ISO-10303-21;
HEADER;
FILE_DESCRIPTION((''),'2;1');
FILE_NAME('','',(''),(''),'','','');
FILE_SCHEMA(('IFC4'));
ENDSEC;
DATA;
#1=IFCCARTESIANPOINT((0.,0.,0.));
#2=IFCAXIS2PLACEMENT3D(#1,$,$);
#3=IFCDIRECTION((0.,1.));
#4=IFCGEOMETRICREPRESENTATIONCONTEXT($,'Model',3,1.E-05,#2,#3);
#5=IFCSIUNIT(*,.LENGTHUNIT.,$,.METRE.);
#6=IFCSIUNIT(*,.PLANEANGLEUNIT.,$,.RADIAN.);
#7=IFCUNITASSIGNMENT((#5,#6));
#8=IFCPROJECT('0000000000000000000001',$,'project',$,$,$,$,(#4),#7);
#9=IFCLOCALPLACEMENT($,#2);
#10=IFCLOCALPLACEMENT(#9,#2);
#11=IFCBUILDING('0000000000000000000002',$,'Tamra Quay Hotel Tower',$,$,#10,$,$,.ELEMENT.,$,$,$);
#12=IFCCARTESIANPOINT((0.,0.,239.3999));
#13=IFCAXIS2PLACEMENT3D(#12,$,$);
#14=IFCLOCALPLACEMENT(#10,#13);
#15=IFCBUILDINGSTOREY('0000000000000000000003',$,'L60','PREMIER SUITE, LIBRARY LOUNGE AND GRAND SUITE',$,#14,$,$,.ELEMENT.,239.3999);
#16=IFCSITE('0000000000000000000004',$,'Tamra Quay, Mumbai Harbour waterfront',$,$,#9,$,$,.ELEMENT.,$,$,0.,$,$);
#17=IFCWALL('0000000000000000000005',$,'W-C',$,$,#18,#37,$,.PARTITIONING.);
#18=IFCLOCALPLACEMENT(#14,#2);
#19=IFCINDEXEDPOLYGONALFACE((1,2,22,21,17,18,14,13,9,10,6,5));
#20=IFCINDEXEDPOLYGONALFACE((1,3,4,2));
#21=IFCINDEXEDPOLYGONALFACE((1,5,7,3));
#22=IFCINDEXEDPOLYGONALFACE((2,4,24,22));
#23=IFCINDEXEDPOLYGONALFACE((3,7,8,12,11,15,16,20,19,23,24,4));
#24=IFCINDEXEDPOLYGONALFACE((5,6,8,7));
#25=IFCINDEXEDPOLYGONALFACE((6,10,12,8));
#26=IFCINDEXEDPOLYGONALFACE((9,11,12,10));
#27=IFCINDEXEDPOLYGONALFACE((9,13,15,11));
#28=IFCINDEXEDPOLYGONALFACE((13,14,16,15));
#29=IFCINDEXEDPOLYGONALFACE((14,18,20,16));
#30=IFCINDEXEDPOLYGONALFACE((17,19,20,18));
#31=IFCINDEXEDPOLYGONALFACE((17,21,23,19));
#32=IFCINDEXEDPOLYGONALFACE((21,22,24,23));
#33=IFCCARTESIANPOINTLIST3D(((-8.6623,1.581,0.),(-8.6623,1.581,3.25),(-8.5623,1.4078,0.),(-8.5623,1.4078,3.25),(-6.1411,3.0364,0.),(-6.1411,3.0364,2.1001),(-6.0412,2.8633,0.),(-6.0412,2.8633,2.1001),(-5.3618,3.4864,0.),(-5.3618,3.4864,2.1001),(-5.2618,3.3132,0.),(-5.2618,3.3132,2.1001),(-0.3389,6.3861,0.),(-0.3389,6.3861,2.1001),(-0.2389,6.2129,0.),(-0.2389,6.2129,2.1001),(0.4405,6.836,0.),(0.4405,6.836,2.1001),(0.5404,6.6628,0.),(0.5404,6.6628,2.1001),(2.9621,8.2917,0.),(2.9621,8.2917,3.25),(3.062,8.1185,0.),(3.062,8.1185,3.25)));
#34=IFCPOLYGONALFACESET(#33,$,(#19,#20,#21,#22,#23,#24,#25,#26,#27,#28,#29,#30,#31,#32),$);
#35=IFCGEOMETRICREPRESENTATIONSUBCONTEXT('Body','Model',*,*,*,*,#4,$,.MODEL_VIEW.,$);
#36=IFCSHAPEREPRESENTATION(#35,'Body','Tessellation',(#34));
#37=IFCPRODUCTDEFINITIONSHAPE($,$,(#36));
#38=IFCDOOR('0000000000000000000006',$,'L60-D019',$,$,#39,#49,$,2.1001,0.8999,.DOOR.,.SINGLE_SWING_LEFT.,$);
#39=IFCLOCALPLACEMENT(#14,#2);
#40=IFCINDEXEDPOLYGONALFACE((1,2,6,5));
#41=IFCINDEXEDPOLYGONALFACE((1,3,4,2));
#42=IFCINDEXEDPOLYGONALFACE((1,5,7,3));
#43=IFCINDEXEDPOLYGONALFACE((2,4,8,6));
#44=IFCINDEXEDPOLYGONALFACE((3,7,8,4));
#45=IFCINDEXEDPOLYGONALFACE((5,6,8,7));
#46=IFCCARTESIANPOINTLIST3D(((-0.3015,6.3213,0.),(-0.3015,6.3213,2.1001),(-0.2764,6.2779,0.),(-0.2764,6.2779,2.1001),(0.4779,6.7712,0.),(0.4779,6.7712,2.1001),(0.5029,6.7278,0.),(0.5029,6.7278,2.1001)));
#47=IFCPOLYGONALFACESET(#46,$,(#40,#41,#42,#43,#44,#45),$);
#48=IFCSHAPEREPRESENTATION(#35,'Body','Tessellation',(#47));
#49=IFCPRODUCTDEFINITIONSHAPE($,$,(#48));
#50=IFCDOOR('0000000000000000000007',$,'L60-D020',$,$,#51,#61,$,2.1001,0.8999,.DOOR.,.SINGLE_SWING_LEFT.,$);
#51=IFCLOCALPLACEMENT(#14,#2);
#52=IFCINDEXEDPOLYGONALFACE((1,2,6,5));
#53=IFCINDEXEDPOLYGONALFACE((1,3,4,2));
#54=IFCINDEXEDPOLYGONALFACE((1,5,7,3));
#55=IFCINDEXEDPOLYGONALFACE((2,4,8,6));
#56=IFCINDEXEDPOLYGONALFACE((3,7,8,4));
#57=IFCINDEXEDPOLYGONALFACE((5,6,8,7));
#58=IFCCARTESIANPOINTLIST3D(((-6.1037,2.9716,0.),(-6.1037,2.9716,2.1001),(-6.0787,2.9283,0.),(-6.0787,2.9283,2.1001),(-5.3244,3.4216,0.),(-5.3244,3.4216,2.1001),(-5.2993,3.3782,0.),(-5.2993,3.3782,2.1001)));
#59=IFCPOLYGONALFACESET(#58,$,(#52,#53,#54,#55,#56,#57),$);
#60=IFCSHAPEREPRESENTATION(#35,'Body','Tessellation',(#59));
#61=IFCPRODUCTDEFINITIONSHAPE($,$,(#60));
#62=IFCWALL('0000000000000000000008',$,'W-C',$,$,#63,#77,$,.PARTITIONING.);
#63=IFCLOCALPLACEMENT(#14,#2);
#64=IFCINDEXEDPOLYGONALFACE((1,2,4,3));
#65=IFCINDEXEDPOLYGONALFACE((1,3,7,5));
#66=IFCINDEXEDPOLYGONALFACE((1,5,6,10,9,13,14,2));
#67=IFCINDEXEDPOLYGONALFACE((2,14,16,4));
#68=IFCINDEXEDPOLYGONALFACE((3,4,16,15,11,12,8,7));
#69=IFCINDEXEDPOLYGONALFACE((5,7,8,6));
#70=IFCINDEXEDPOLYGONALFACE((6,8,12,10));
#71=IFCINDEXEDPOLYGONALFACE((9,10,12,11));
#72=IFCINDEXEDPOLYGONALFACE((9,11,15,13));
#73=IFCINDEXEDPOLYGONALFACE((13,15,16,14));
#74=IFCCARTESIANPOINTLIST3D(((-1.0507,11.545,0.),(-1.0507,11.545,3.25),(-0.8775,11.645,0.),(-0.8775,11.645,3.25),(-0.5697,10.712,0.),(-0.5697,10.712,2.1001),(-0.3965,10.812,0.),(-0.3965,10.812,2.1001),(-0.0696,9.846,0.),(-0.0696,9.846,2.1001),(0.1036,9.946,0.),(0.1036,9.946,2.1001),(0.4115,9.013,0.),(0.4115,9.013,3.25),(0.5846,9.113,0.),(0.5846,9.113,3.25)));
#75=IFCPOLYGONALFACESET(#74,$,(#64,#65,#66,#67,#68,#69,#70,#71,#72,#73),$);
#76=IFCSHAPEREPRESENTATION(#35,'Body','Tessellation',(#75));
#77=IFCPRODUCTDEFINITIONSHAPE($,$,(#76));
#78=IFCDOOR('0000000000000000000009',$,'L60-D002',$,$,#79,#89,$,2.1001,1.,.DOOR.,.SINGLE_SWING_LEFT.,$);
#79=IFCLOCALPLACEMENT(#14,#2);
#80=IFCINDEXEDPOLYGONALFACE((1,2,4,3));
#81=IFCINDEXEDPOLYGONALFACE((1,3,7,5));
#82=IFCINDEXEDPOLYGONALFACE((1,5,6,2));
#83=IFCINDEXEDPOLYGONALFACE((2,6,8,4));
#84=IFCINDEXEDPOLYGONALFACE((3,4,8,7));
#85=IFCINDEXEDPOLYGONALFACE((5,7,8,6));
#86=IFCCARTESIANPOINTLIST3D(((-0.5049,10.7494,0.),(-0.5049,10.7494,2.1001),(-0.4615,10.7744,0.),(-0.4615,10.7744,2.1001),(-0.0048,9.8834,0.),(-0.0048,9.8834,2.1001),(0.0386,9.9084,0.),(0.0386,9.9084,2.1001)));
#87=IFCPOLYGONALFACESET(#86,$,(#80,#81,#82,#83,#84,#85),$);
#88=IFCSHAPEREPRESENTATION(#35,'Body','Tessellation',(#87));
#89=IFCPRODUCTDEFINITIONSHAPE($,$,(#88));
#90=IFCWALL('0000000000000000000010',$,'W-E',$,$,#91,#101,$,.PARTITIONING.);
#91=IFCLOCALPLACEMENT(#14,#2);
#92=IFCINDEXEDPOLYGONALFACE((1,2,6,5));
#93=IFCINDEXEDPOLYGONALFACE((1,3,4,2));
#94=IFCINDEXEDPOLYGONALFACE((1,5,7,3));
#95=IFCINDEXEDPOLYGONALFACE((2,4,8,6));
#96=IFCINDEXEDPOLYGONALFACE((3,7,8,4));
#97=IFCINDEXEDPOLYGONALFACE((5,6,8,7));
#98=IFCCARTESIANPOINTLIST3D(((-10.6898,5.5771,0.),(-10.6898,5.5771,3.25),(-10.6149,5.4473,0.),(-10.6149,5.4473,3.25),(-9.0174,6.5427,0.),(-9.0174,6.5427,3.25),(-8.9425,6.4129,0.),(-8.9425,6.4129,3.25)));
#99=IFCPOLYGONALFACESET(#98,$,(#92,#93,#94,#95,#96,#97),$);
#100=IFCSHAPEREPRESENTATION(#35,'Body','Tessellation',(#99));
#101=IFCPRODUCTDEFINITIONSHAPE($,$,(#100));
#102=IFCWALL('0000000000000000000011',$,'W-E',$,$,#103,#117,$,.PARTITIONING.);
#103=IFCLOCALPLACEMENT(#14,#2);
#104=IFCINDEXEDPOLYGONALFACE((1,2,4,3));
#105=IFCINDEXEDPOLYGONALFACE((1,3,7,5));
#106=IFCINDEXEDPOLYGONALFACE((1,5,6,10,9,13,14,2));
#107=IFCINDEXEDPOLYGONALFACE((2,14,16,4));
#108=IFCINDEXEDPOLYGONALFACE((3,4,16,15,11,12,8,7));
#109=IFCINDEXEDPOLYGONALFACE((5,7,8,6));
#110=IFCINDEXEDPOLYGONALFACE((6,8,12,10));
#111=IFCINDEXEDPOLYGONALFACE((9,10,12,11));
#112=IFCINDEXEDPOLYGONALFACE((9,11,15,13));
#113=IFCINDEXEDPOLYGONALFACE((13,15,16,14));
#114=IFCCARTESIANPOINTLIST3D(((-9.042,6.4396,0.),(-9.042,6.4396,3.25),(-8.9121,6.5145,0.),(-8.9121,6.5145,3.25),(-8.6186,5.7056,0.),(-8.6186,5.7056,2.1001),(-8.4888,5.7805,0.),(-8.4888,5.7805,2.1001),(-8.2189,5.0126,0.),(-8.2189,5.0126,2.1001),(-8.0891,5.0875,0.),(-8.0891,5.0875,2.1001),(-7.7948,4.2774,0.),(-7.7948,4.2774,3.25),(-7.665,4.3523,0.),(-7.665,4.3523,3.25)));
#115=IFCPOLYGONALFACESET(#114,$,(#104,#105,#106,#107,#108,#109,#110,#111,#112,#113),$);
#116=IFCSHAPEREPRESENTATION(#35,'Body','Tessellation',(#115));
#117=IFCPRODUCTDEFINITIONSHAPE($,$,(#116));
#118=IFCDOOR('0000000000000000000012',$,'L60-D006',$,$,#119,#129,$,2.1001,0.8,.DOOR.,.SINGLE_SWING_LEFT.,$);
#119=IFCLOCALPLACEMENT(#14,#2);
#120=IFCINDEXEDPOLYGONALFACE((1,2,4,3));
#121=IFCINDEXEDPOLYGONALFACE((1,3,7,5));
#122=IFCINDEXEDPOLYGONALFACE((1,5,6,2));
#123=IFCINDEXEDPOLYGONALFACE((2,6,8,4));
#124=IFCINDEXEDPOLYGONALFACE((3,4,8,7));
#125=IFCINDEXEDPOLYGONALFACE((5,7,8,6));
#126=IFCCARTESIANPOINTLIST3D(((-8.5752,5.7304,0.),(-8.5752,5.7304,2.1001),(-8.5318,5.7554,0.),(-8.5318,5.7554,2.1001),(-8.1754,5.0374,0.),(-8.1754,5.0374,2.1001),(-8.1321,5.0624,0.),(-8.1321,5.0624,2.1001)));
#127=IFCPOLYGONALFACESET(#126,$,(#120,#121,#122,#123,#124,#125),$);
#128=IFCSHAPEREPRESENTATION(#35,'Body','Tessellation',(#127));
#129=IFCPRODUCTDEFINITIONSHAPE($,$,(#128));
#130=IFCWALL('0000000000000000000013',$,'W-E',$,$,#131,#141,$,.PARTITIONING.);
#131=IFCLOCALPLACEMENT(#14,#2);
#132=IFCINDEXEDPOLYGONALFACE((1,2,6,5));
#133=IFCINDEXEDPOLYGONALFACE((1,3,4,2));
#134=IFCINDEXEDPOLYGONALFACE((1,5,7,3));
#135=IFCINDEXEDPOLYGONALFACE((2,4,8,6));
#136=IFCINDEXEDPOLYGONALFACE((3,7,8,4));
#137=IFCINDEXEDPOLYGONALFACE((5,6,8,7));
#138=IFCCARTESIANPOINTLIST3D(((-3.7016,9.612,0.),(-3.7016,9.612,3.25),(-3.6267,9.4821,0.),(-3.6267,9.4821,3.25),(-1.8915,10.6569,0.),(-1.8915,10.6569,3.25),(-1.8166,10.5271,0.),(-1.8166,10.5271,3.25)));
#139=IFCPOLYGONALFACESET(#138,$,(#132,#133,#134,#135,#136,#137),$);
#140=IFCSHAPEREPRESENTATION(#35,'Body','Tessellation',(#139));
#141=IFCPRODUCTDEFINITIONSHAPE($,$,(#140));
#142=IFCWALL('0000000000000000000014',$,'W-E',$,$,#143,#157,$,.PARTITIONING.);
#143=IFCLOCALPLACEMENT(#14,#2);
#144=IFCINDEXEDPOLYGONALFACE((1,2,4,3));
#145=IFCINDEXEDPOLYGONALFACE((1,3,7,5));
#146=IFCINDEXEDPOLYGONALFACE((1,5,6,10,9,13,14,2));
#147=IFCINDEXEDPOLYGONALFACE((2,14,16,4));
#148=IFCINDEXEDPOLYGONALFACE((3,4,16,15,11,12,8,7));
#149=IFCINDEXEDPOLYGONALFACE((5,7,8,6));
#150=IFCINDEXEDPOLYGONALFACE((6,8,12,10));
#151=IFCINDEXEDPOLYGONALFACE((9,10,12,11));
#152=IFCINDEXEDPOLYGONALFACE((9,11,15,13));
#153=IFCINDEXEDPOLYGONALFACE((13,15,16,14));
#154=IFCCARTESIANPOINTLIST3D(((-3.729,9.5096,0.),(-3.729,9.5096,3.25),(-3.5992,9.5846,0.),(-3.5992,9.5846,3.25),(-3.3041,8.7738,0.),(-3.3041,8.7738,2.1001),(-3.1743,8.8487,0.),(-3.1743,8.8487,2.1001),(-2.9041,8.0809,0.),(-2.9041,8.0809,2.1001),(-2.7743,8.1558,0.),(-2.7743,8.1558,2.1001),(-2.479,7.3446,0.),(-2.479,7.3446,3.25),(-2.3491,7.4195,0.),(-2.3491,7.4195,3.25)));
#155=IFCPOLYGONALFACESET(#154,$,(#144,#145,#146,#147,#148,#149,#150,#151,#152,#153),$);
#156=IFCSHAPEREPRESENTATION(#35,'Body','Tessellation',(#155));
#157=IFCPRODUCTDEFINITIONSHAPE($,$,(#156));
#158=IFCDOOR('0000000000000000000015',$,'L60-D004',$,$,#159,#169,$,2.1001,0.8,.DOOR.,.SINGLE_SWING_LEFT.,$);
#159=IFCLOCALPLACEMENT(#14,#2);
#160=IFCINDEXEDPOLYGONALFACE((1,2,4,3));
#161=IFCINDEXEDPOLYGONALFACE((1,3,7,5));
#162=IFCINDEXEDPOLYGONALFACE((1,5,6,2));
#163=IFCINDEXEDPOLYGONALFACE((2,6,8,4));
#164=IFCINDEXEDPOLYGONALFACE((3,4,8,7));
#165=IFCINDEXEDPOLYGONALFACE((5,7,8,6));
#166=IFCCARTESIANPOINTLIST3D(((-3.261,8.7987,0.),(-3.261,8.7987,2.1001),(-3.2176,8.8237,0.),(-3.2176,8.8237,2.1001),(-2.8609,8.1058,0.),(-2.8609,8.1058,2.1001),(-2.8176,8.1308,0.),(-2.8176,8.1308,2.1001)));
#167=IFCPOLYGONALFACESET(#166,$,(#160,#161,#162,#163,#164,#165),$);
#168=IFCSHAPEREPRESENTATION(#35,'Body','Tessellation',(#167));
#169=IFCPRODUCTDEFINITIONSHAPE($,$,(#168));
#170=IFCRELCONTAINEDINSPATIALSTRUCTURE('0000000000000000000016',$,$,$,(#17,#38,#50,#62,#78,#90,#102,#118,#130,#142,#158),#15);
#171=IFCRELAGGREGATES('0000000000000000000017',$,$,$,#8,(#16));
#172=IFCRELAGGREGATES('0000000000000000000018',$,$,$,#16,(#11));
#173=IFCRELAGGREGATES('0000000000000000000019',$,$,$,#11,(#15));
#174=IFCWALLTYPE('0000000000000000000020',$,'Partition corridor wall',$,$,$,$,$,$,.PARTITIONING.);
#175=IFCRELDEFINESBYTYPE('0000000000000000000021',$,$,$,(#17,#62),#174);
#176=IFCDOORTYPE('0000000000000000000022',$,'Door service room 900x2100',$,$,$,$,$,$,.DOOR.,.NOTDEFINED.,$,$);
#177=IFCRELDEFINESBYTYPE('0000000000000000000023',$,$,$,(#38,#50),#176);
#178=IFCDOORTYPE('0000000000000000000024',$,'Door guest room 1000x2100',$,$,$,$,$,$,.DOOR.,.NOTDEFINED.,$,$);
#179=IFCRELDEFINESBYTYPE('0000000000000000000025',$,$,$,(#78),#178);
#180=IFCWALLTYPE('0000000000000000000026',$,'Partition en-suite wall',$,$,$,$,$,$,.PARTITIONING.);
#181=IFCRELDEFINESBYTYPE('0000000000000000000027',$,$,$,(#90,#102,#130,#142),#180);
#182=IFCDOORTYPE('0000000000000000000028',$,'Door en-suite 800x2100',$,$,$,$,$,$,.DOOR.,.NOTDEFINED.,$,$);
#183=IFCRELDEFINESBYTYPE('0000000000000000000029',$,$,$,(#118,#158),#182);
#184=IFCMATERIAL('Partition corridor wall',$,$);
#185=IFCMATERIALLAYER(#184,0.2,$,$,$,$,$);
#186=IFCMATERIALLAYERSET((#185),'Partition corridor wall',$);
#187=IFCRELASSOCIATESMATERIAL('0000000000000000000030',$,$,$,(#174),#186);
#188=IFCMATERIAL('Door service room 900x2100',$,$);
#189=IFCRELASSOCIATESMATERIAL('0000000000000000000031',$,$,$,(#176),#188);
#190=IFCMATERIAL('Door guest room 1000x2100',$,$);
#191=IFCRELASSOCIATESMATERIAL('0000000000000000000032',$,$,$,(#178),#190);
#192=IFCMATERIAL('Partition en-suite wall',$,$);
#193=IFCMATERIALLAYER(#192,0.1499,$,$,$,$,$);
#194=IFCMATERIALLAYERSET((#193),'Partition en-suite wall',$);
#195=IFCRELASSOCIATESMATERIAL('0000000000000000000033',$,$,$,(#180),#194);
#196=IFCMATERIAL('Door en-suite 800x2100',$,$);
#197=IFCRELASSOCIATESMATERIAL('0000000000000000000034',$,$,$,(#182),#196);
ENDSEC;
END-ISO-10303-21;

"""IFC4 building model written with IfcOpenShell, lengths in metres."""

from ifc_helpers import new_model, si_unit, direction, frame, frame_2d, origin, place, context, subcontext, project, spatial, rectangle, extrude, material, layer, layer_set, type_object, element, fill, save


model = new_model("IFC4")

# Units and contexts
model_context = context("Model", 3, precision=1e-05, world=origin(), true_north=direction((0.0, 1.0)))
body_context = subcontext(model_context, "Body", "Model", "MODEL_VIEW")
ifc_project = project(units=[si_unit("LENGTHUNIT", "METRE"), si_unit("PLANEANGLEUNIT", "RADIAN")], contexts=[model_context])

# Site, building, storey
site_placement = place(None, origin())
site = spatial("IfcSite", under=ifc_project, at=site_placement, Name="Tamra Quay, Mumbai Harbour waterfront", CompositionType="ELEMENT", RefElevation=0.0)
building_placement = place(site_placement, origin())
building = spatial("IfcBuilding", under=site, at=building_placement, Name="Tamra Quay Hotel Tower", CompositionType="ELEMENT")
storey_placement = place(building_placement, frame((0.0, 0.0, 239.3999)))
storey = spatial("IfcBuildingStorey", under=building, at=storey_placement, Name="L60", Description="PREMIER SUITE, LIBRARY LOUNGE AND GRAND SUITE", CompositionType="ELEMENT", Elevation=239.3999)

# Wall, openings, doors
ifc_material_1 = material(Name="Partition corridor wall")
ifc_layer_1 = layer(ifc_material_1, 0.2)
ifc_layer_set_1 = layer_set([ifc_layer_1], Name="Partition corridor wall")
wall_type_1 = type_object("IfcWallType", Name="Partition corridor wall", PredefinedType="PARTITIONING", material=ifc_layer_set_1)
wall_1_placement = place(storey_placement, frame((-8.6123, 1.4944, 0.0), z_axis=(0.0, 0.0, 1.0), x_axis=(0.866044, 0.499968, 0.0)))
wall_1 = element("IfcWall", 1, at=wall_1_placement, inside=storey, type_object=wall_type_1, Name="W-C", PredefinedType="PARTITIONING", context=body_context, shape_type="SweptSolid", body=[
    extrude(rectangle(XDim=13.4224, YDim=0.2, at=frame_2d((6.7112, 0.0))), origin(), (0.0, 0.0, 1.0), 3.25),
])
opening_1_placement = place(wall_1_placement, frame((9.6108, 0.0, 0.0)))
opening_1 = element("IfcOpeningElement", 2, at=opening_1_placement, cuts=wall_1, PredefinedType="OPENING", context=body_context, shape_type="SweptSolid", body=[
    extrude(rectangle(XDim=0.8999, YDim=2.1001, at=frame_2d((0.45, 1.05))), frame((0.0, 0.1099, 0.0), z_axis=(0.0, -1.0, 0.0), x_axis=(1.0, 0.0, 0.0)), (0.0, 0.0, 1.0), 0.22),
])
opening_2_placement = place(wall_1_placement, frame((2.9111, 0.0, 0.0)))
opening_2 = element("IfcOpeningElement", 3, at=opening_2_placement, cuts=wall_1, PredefinedType="OPENING", context=body_context, shape_type="SweptSolid", body=[
    extrude(rectangle(XDim=0.8999, YDim=2.1001, at=frame_2d((0.45, 1.05))), frame((0.0, 0.1099, 0.0), z_axis=(0.0, -1.0, 0.0), x_axis=(1.0, 0.0, 0.0)), (0.0, 0.0, 1.0), 0.22),
])
ifc_material_2 = material(Name="Door service room 900x2100")
door_type_1 = type_object("IfcDoorType", Name="Door service room 900x2100", OperationType="NOTDEFINED", PredefinedType="DOOR", material=ifc_material_2)
door_1_placement = place(opening_1_placement, frame((0.8999, 0.0, 0.0), z_axis=(0.0, 0.0, 1.0), x_axis=(-1.0, 0.0, 0.0)))
door_1 = element("IfcDoor", 4, at=door_1_placement, inside=storey, type_object=door_type_1, Name="L60-D019", OperationType="SINGLE_SWING_LEFT", OverallHeight=2.1001, OverallWidth=0.8999, PredefinedType="DOOR", context=body_context, shape_type="SweptSolid", body=[
    extrude(rectangle(XDim=0.8999, YDim=2.1001, at=frame_2d((0.45, 1.05))), frame((0.0, 0.0249, 0.0), z_axis=(0.0, -1.0, 0.0), x_axis=(1.0, 0.0, 0.0)), (0.0, 0.0, 1.0), 0.05),
])
fill(opening_1, door_1)
door_2_placement = place(opening_2_placement, frame((0.8999, 0.0, 0.0), z_axis=(0.0, 0.0, 1.0), x_axis=(-1.0, 0.0, 0.0)))
door_2 = element("IfcDoor", 5, at=door_2_placement, inside=storey, type_object=door_type_1, Name="L60-D020", OperationType="SINGLE_SWING_LEFT", OverallHeight=2.1001, OverallWidth=0.8999, PredefinedType="DOOR", context=body_context, shape_type="SweptSolid", body=[
    extrude(rectangle(XDim=0.8999, YDim=2.1001, at=frame_2d((0.45, 1.05))), frame((0.0, 0.0249, 0.0), z_axis=(0.0, -1.0, 0.0), x_axis=(1.0, 0.0, 0.0)), (0.0, 0.0, 1.0), 0.05),
])
fill(opening_2, door_2)

# Wall, opening, door
wall_2_placement = place(storey_placement, frame((-0.9641, 11.595, 0.0), z_axis=(0.0, 0.0, 1.0), x_axis=(0.500081, -0.865978, 0.0)))
wall_2 = element("IfcWall", 6, at=wall_2_placement, inside=storey, type_object=wall_type_1, Name="W-C", PredefinedType="PARTITIONING", context=body_context, shape_type="SweptSolid", body=[
    extrude(rectangle(XDim=2.9238, YDim=0.2, at=frame_2d((1.4619, 0.0))), origin(), (0.0, 0.0, 1.0), 3.25),
])
opening_3_placement = place(wall_2_placement, frame((0.9619, 0.0, 0.0)))
opening_3 = element("IfcOpeningElement", 7, at=opening_3_placement, cuts=wall_2, PredefinedType="OPENING", context=body_context, shape_type="SweptSolid", body=[
    extrude(rectangle(XDim=1.0, YDim=2.1001, at=frame_2d((0.5, 1.05))), frame((0.0, 0.1099, 0.0), z_axis=(0.0, -1.0, 0.0), x_axis=(1.0, 0.0, 0.0)), (0.0, 0.0, 1.0), 0.22),
])
ifc_material_3 = material(Name="Door guest room 1000x2100")
door_type_2 = type_object("IfcDoorType", Name="Door guest room 1000x2100", OperationType="NOTDEFINED", PredefinedType="DOOR", material=ifc_material_3)
door_3_placement = place(opening_3_placement, origin())
door_3 = element("IfcDoor", 8, at=door_3_placement, inside=storey, type_object=door_type_2, Name="L60-D002", OperationType="SINGLE_SWING_LEFT", OverallHeight=2.1001, OverallWidth=1.0, PredefinedType="DOOR", context=body_context, shape_type="SweptSolid", body=[
    extrude(rectangle(XDim=1.0, YDim=2.1001, at=frame_2d((0.5, 1.05))), frame((0.0, 0.0249, 0.0), z_axis=(0.0, -1.0, 0.0), x_axis=(1.0, 0.0, 0.0)), (0.0, 0.0, 1.0), 0.05),
])
fill(opening_3, door_3)

# Wall
ifc_material_4 = material(Name="Partition en-suite wall")
ifc_layer_2 = layer(ifc_material_4, 0.1499)
ifc_layer_set_2 = layer_set([ifc_layer_2], Name="Partition en-suite wall")
wall_type_2 = type_object("IfcWallType", Name="Partition en-suite wall", PredefinedType="PARTITIONING", material=ifc_layer_set_2)
wall_3_placement = place(storey_placement, frame((-10.6523, 5.5122, 0.0), z_axis=(0.0, 0.0, 1.0), x_axis=(0.866017, 0.500014, 0.0)))
element("IfcWall", 9, at=wall_3_placement, inside=storey, type_object=wall_type_2, Name="W-E", PredefinedType="PARTITIONING", context=body_context, shape_type="SweptSolid", body=[
    extrude(rectangle(XDim=1.9312, YDim=0.1499, at=frame_2d((0.9656, 0.0))), origin(), (0.0, 0.0, 1.0), 3.25),
])

# Wall, opening, door
wall_4_placement = place(storey_placement, frame((-8.9771, 6.4771, 0.0), z_axis=(0.0, 0.0, 1.0), x_axis=(0.499632, -0.866238, 0.0)))
wall_4 = element("IfcWall", 10, at=wall_4_placement, inside=storey, type_object=wall_type_2, Name="W-E", PredefinedType="PARTITIONING", context=body_context, shape_type="SweptSolid", body=[
    extrude(rectangle(XDim=2.4961, YDim=0.1499, at=frame_2d((1.248, 0.0))), origin(), (0.0, 0.0, 1.0), 3.25),
])
opening_4_placement = place(wall_4_placement, frame((0.8474, 0.0, 0.0)))
opening_4 = element("IfcOpeningElement", 11, at=opening_4_placement, cuts=wall_4, PredefinedType="OPENING", context=body_context, shape_type="SweptSolid", body=[
    extrude(rectangle(XDim=0.8, YDim=2.1001, at=frame_2d((0.3999, 1.05))), frame((0.0, 0.085, 0.0), z_axis=(0.0, -1.0, 0.0), x_axis=(1.0, 0.0, 0.0)), (0.0, 0.0, 1.0), 0.1699),
])
ifc_material_5 = material(Name="Door en-suite 800x2100")
door_type_3 = type_object("IfcDoorType", Name="Door en-suite 800x2100", OperationType="NOTDEFINED", PredefinedType="DOOR", material=ifc_material_5)
door_4_placement = place(opening_4_placement, frame((0.8, 0.0, 0.0), z_axis=(0.0, 0.0, 1.0), x_axis=(-1.0, 0.0, 0.0)))
door_4 = element("IfcDoor", 12, at=door_4_placement, inside=storey, type_object=door_type_3, Name="L60-D006", OperationType="SINGLE_SWING_LEFT", OverallHeight=2.1001, OverallWidth=0.8, PredefinedType="DOOR", context=body_context, shape_type="SweptSolid", body=[
    extrude(rectangle(XDim=0.8, YDim=2.1001, at=frame_2d((0.3999, 1.05))), frame((0.0, 0.0249, 0.0), z_axis=(0.0, -1.0, 0.0), x_axis=(1.0, 0.0, 0.0)), (0.0, 0.0, 1.0), 0.05),
])
fill(opening_4, door_4)

# Wall
wall_5_placement = place(storey_placement, frame((-3.6641, 9.5471, 0.0), z_axis=(0.0, 0.0, 1.0), x_axis=(0.866049, 0.499958, 0.0)))
element("IfcWall", 13, at=wall_5_placement, inside=storey, type_object=wall_type_2, Name="W-E", PredefinedType="PARTITIONING", context=body_context, shape_type="SweptSolid", body=[
    extrude(rectangle(XDim=2.0901, YDim=0.1499, at=frame_2d((1.0449, 0.0))), origin(), (0.0, 0.0, 1.0), 3.25),
])

# Wall, opening, door
wall_6_placement = place(storey_placement, frame((-3.6641, 9.5471, 0.0), z_axis=(0.0, 0.0, 1.0), x_axis=(0.500004, -0.866023, 0.0)))
wall_6 = element("IfcWall", 14, at=wall_6_placement, inside=storey, type_object=wall_type_2, Name="W-E", PredefinedType="PARTITIONING", context=body_context, shape_type="SweptSolid", body=[
    extrude(rectangle(XDim=2.5, YDim=0.1499, at=frame_2d((1.25, 0.0))), origin(), (0.0, 0.0, 1.0), 3.25),
])
opening_5_placement = place(wall_6_placement, frame((0.8499, 0.0, 0.0)))
opening_5 = element("IfcOpeningElement", 15, at=opening_5_placement, cuts=wall_6, PredefinedType="OPENING", context=body_context, shape_type="SweptSolid", body=[
    extrude(rectangle(XDim=0.8, YDim=2.1001, at=frame_2d((0.3999, 1.05))), frame((0.0, 0.085, 0.0), z_axis=(0.0, -1.0, 0.0), x_axis=(1.0, 0.0, 0.0)), (0.0, 0.0, 1.0), 0.1699),
])
door_5_placement = place(opening_5_placement, origin())
door_5 = element("IfcDoor", 16, at=door_5_placement, inside=storey, type_object=door_type_3, Name="L60-D004", OperationType="SINGLE_SWING_LEFT", OverallHeight=2.1001, OverallWidth=0.8, PredefinedType="DOOR", context=body_context, shape_type="SweptSolid", body=[
    extrude(rectangle(XDim=0.8, YDim=2.1001, at=frame_2d((0.3999, 1.05))), frame((0.0, 0.0249, 0.0), z_axis=(0.0, -1.0, 0.0), x_axis=(1.0, 0.0, 0.0)), (0.0, 0.0, 1.0), 0.05),
])
fill(opening_5, door_5)

save(model, "model.ifc")
